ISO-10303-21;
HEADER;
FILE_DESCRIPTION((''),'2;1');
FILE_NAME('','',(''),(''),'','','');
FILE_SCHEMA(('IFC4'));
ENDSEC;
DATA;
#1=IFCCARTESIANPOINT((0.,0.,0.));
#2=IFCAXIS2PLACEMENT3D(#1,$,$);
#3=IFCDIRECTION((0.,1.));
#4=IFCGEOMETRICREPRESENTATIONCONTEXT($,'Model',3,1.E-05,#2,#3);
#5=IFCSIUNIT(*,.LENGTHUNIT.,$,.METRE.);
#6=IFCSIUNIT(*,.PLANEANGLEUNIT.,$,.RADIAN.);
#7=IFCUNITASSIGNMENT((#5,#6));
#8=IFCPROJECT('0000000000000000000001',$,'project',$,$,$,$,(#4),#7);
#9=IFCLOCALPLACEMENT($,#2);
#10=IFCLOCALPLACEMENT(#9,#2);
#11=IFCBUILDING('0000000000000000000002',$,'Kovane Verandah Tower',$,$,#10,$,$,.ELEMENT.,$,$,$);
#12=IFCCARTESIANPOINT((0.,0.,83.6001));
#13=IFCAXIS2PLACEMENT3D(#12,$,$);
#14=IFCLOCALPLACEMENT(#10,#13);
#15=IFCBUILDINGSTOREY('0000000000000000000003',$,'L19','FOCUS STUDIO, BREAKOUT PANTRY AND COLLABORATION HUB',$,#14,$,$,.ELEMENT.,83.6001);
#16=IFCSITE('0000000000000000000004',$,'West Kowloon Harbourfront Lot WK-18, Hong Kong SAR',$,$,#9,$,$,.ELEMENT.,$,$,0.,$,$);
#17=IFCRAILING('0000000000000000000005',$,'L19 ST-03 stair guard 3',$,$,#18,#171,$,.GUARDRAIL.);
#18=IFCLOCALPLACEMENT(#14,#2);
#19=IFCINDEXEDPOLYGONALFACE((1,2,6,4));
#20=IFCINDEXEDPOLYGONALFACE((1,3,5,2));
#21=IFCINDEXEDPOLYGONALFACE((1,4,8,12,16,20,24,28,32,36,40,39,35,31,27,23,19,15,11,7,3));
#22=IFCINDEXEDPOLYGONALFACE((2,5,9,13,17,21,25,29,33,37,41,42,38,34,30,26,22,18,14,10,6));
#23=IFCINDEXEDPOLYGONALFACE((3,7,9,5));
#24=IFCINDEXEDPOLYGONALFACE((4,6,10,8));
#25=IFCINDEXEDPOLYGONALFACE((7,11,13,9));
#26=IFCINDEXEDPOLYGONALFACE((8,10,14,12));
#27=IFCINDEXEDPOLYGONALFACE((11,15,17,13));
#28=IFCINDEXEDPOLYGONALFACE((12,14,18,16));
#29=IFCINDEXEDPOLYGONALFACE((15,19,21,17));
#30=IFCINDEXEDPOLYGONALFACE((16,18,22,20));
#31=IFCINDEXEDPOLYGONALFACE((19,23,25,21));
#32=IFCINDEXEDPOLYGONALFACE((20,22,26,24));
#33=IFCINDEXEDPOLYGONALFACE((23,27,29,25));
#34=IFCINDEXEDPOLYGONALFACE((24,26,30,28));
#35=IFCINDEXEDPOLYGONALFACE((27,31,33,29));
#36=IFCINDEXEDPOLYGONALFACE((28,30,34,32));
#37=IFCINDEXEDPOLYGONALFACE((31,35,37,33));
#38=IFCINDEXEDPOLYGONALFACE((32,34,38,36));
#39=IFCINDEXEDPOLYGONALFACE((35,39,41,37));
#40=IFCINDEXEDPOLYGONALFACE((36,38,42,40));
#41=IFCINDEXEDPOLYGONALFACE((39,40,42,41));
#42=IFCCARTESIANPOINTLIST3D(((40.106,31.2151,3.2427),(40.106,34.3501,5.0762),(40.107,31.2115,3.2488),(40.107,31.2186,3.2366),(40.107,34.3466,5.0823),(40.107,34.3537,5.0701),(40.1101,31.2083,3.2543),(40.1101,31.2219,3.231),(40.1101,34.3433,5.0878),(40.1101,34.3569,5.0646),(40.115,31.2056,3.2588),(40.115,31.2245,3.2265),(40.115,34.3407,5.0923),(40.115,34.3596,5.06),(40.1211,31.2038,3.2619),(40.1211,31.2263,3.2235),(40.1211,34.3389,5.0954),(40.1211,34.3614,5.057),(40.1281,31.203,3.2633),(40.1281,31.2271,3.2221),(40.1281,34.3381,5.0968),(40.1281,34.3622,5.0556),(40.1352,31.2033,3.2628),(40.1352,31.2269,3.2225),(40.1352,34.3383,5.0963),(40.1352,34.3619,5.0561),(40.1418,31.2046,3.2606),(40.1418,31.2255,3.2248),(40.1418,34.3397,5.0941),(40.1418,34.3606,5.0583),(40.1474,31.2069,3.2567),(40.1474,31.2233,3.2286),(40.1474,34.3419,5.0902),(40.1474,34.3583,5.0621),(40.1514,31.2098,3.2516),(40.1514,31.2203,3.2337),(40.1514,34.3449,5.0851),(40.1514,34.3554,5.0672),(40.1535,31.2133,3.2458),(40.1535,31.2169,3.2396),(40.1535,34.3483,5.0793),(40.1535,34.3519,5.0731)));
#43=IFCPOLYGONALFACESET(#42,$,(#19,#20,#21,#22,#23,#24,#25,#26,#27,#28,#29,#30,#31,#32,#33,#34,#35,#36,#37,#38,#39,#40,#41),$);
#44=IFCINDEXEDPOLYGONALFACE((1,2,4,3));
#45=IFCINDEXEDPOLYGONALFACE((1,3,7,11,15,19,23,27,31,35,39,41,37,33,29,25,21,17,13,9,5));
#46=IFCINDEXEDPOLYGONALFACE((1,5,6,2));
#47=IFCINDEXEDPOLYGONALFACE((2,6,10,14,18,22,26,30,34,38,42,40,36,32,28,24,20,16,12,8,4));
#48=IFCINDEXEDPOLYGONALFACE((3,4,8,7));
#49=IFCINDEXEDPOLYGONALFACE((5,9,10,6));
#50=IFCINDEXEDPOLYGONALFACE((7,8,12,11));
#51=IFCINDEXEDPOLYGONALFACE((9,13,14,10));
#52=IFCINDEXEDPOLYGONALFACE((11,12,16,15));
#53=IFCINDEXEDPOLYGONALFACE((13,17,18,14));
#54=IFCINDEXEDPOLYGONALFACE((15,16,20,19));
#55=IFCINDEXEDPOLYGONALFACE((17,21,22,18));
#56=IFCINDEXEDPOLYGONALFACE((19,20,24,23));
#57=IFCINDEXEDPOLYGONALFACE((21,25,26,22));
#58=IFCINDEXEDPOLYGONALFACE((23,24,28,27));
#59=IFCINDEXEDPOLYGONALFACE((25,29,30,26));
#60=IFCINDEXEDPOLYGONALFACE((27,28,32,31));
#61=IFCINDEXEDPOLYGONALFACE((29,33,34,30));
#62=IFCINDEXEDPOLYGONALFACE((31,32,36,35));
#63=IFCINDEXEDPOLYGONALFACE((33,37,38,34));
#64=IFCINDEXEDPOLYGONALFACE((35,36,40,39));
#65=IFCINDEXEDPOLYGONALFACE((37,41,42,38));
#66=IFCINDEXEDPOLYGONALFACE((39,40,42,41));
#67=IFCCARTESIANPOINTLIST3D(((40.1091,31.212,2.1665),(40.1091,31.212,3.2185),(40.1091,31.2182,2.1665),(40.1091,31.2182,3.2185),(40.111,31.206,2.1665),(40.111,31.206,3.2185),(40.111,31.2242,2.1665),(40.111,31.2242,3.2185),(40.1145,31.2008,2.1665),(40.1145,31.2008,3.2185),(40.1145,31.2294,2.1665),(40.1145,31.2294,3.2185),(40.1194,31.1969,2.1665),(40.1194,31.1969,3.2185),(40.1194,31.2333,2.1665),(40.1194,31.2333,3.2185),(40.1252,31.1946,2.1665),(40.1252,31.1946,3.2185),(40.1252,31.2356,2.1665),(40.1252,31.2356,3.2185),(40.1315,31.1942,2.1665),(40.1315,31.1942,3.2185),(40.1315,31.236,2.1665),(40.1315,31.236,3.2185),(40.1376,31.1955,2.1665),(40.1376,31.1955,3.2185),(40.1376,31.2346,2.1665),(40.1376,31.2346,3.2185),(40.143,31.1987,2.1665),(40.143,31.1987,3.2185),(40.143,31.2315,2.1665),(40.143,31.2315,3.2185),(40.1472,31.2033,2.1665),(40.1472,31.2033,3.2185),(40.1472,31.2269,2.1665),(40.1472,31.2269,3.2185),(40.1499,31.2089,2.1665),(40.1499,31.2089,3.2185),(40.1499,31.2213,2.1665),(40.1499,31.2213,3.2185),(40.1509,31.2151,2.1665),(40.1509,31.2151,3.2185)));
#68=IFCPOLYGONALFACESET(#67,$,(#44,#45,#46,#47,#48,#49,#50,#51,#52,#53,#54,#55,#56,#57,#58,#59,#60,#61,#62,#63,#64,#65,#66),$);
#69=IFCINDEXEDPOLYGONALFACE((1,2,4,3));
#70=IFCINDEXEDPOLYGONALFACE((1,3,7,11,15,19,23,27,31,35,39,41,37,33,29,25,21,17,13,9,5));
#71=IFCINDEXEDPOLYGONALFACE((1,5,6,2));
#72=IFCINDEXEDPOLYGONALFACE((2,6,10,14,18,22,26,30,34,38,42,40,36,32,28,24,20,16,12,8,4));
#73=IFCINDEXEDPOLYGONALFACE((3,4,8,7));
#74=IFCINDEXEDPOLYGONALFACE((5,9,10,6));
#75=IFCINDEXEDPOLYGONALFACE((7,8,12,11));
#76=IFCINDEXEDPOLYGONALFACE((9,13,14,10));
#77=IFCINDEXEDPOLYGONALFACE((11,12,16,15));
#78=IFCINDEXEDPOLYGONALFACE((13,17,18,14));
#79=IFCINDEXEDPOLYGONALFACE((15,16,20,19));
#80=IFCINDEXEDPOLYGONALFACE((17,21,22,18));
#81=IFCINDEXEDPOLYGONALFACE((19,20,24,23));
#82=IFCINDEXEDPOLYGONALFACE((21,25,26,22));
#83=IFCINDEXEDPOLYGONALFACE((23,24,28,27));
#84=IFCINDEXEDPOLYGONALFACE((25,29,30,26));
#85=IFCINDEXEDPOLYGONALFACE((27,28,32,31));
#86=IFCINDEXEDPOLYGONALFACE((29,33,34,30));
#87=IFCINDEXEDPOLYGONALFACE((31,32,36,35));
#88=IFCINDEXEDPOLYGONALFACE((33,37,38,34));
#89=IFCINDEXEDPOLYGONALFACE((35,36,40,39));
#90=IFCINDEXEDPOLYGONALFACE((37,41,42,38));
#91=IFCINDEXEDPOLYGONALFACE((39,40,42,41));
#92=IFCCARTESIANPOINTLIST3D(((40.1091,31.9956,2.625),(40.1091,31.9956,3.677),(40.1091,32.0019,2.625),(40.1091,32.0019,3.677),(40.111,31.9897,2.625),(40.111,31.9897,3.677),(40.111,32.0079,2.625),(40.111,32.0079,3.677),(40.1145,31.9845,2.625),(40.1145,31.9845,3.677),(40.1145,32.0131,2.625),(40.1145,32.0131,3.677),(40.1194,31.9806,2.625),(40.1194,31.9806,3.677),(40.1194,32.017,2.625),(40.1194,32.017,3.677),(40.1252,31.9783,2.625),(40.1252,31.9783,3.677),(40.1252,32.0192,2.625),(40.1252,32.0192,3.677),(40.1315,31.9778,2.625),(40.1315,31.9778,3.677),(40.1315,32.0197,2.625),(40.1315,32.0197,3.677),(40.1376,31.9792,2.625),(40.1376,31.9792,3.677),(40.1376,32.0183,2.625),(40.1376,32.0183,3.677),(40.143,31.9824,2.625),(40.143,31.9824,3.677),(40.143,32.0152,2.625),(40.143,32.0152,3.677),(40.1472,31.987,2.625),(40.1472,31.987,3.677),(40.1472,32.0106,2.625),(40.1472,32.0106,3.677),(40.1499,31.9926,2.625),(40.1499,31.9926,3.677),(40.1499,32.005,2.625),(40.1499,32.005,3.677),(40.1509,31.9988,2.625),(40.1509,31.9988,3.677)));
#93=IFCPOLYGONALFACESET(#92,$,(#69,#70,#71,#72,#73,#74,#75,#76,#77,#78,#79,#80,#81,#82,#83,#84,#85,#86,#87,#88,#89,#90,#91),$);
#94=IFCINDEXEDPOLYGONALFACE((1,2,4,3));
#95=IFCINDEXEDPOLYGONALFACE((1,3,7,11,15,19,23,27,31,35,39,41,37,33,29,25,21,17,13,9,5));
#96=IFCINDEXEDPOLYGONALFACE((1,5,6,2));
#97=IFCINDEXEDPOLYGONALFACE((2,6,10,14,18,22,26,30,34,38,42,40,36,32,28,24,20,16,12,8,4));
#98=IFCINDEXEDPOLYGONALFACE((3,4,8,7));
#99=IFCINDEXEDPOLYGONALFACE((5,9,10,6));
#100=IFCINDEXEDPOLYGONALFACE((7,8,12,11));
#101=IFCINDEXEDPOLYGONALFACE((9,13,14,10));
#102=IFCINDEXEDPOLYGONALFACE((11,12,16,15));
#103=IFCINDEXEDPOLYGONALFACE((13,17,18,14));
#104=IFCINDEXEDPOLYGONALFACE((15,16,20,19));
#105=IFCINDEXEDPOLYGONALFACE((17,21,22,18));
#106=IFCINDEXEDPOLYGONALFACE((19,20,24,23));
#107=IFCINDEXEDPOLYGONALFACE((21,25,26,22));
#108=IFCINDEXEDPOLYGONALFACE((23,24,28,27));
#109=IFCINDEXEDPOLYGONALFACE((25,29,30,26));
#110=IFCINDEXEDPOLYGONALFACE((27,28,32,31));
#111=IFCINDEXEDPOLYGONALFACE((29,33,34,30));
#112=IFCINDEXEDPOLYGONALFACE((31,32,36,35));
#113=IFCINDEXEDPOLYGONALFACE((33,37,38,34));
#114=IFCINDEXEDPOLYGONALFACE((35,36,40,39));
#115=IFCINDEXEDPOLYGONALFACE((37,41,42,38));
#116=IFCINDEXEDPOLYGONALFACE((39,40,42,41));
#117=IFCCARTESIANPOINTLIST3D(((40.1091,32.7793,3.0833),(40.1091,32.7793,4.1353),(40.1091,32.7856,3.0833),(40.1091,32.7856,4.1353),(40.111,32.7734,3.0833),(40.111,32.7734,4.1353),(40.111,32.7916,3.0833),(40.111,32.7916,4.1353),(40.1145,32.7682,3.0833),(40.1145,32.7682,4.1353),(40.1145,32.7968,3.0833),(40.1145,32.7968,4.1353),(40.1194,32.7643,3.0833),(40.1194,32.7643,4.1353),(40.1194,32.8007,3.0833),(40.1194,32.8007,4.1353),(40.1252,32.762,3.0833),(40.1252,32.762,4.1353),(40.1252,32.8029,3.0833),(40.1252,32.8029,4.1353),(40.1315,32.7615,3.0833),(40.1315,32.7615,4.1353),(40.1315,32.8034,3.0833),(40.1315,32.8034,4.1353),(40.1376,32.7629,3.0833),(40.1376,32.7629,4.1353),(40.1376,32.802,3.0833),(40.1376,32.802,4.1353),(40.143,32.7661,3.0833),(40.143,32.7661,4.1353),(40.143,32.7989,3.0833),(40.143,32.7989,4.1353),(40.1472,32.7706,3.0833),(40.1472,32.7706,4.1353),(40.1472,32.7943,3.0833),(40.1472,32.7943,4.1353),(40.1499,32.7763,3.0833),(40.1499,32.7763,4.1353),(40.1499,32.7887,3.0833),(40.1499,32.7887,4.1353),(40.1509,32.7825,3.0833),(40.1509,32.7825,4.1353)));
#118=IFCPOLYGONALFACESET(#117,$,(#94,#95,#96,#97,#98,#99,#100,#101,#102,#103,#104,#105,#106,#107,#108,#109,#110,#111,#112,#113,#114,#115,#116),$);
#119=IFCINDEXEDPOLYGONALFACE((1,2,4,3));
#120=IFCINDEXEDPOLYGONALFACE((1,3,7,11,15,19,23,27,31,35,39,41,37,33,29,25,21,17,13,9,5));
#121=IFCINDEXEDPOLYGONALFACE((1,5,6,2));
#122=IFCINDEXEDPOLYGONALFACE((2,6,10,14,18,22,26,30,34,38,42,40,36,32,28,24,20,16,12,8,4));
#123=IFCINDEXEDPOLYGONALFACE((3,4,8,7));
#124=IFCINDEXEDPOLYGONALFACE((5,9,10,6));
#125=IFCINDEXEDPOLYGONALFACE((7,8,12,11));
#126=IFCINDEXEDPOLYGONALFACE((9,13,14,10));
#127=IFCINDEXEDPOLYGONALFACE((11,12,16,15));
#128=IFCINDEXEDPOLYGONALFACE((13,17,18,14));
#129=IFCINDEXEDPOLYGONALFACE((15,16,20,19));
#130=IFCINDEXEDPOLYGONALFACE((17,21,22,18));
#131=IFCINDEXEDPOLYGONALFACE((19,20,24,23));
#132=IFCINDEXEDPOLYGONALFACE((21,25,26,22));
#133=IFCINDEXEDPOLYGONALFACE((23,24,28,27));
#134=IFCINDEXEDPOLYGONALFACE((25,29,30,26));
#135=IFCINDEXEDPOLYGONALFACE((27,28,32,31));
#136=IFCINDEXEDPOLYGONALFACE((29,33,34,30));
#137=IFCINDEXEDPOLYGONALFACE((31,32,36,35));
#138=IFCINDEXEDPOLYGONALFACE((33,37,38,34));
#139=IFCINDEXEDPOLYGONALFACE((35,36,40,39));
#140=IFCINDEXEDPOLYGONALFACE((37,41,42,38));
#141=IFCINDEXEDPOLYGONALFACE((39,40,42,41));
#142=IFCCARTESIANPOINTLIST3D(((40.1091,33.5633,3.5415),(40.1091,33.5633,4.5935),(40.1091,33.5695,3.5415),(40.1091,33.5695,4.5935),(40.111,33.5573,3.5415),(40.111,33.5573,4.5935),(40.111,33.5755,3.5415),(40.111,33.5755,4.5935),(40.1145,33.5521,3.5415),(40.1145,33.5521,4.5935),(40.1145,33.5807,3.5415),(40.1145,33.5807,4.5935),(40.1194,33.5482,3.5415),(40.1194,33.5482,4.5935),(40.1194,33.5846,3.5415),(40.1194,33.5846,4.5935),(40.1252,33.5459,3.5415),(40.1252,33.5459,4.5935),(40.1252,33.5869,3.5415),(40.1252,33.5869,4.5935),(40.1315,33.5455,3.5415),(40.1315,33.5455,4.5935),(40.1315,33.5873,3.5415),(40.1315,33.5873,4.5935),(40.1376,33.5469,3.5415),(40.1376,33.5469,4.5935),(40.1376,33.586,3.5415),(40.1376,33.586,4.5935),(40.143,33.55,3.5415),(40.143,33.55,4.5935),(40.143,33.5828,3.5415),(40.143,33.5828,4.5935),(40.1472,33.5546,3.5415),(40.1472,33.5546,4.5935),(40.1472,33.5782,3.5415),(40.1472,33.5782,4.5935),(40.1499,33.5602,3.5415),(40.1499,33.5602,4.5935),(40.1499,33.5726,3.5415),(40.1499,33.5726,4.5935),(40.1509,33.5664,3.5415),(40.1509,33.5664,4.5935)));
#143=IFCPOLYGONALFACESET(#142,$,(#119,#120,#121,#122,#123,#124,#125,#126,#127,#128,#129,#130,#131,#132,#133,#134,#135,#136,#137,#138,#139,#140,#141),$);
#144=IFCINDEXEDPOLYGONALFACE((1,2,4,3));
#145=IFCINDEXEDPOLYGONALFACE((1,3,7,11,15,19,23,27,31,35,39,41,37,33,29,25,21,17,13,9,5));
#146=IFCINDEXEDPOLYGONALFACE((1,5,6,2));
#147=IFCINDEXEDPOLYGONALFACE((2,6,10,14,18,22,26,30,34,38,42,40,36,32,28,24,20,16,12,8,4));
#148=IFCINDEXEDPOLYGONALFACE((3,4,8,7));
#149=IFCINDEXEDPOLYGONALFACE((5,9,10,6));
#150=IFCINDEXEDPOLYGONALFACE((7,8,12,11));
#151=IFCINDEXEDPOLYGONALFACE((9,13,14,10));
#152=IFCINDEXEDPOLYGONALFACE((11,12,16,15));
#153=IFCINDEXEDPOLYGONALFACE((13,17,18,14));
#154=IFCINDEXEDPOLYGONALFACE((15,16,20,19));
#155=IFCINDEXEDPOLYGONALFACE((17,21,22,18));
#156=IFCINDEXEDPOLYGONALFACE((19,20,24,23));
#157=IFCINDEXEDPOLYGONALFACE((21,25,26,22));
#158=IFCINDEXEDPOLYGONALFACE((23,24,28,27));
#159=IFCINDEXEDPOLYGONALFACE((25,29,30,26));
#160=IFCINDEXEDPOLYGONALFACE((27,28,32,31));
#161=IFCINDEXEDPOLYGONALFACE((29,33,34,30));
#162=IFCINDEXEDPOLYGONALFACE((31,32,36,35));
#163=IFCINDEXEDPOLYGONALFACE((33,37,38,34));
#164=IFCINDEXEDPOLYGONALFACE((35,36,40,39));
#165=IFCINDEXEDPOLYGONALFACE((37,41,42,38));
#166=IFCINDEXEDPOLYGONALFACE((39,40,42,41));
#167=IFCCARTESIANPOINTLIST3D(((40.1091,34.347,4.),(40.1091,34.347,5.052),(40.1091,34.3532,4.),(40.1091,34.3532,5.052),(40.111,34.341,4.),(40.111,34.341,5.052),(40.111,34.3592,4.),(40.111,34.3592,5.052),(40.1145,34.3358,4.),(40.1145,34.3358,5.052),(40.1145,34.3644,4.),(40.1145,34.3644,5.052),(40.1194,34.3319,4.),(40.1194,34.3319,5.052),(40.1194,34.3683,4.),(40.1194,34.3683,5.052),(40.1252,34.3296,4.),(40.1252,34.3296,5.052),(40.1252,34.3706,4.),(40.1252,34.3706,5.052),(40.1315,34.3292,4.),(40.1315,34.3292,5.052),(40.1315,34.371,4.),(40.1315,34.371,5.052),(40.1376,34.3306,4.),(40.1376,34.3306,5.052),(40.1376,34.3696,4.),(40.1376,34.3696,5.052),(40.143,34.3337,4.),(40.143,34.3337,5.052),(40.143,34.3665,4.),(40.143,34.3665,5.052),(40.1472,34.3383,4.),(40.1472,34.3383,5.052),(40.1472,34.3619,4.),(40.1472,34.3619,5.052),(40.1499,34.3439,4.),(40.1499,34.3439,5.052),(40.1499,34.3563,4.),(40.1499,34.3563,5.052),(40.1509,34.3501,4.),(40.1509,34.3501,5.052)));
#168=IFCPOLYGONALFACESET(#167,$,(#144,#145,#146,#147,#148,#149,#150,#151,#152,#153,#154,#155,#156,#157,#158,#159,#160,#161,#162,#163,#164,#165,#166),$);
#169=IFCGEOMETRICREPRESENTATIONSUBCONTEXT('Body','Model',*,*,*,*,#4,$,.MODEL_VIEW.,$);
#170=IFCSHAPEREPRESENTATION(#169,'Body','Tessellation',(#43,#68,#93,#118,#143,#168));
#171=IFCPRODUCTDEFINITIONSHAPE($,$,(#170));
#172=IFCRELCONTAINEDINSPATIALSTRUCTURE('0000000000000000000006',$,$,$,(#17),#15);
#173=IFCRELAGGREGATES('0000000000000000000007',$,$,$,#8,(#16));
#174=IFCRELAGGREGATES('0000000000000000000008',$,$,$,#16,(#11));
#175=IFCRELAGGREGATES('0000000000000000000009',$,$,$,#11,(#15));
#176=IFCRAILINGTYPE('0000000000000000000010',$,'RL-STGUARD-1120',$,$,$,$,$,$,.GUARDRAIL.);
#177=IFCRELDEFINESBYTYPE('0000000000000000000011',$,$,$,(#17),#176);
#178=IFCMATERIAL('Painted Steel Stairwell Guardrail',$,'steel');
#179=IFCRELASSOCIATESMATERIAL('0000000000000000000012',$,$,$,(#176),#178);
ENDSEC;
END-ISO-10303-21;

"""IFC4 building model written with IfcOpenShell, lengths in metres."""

from ifc_helpers import new_model, si_unit, direction, frame, origin, origin_2d, place, context, subcontext, project, spatial, circle, extrude, material, type_object, element, save


model = new_model("IFC4")

# Units and contexts
model_context = context("Model", 3, precision=1e-05, world=origin(), true_north=direction((0.0, 1.0)))
body_context = subcontext(model_context, "Body", "Model", "MODEL_VIEW")
ifc_project = project(units=[si_unit("LENGTHUNIT", "METRE"), si_unit("PLANEANGLEUNIT", "RADIAN")], contexts=[model_context])

# Site, building, storey
site_placement = place(None, origin())
site = spatial("IfcSite", under=ifc_project, at=site_placement, Name="West Kowloon Harbourfront Lot WK-18, Hong Kong SAR", CompositionType="ELEMENT", RefElevation=0.0)
building_placement = place(site_placement, origin())
building = spatial("IfcBuilding", under=site, at=building_placement, Name="Kovane Verandah Tower", CompositionType="ELEMENT")
storey_placement = place(building_placement, frame((0.0, 0.0, 83.6001)))
storey = spatial("IfcBuildingStorey", under=building, at=storey_placement, Name="L19", Description="FOCUS STUDIO, BREAKOUT PANTRY AND COLLABORATION HUB", CompositionType="ELEMENT", Elevation=83.6001)

# Railing
ifc_material_1 = material(Name="Painted Steel Stairwell Guardrail", Category="steel")
railing_type_1 = type_object("IfcRailingType", Name="RL-STGUARD-1120", PredefinedType="GUARDRAIL", material=ifc_material_1)
railing_1_placement = place(storey_placement, frame((40.1299, 31.2151, 2.1665)))
element("IfcRailing", 1, at=railing_1_placement, inside=storey, type_object=railing_type_1, Name="L19 ST-03 stair guard 3", PredefinedType="GUARDRAIL", context=body_context, shape_type="SweptSolid", body=[
    extrude(circle(Radius=0.0239, at=origin_2d()), frame((0.0, 0.0, 1.0762), z_axis=(0.0, 0.86321, 0.504845), x_axis=(-1.0, 0.0, 0.0)), (0.0, 0.0, 1.0), 3.6318),
    extrude(circle(Radius=0.021, at=origin_2d()), origin(), (0.0, 0.0, 1.0), 1.052),
    extrude(circle(Radius=0.021, at=origin_2d()), frame((0.0, 0.7837, 0.4585)), (0.0, 0.0, 1.0), 1.052),
    extrude(circle(Radius=0.021, at=origin_2d()), frame((0.0, 1.5674, 0.9167)), (0.0, 0.0, 1.0), 1.052),
    extrude(circle(Radius=0.021, at=origin_2d()), frame((0.0, 2.3513, 1.375)), (0.0, 0.0, 1.0), 1.052),
    extrude(circle(Radius=0.021, at=origin_2d()), frame((0.0, 3.135, 1.8335)), (0.0, 0.0, 1.0), 1.052),
])

save(model, "model.ifc")
